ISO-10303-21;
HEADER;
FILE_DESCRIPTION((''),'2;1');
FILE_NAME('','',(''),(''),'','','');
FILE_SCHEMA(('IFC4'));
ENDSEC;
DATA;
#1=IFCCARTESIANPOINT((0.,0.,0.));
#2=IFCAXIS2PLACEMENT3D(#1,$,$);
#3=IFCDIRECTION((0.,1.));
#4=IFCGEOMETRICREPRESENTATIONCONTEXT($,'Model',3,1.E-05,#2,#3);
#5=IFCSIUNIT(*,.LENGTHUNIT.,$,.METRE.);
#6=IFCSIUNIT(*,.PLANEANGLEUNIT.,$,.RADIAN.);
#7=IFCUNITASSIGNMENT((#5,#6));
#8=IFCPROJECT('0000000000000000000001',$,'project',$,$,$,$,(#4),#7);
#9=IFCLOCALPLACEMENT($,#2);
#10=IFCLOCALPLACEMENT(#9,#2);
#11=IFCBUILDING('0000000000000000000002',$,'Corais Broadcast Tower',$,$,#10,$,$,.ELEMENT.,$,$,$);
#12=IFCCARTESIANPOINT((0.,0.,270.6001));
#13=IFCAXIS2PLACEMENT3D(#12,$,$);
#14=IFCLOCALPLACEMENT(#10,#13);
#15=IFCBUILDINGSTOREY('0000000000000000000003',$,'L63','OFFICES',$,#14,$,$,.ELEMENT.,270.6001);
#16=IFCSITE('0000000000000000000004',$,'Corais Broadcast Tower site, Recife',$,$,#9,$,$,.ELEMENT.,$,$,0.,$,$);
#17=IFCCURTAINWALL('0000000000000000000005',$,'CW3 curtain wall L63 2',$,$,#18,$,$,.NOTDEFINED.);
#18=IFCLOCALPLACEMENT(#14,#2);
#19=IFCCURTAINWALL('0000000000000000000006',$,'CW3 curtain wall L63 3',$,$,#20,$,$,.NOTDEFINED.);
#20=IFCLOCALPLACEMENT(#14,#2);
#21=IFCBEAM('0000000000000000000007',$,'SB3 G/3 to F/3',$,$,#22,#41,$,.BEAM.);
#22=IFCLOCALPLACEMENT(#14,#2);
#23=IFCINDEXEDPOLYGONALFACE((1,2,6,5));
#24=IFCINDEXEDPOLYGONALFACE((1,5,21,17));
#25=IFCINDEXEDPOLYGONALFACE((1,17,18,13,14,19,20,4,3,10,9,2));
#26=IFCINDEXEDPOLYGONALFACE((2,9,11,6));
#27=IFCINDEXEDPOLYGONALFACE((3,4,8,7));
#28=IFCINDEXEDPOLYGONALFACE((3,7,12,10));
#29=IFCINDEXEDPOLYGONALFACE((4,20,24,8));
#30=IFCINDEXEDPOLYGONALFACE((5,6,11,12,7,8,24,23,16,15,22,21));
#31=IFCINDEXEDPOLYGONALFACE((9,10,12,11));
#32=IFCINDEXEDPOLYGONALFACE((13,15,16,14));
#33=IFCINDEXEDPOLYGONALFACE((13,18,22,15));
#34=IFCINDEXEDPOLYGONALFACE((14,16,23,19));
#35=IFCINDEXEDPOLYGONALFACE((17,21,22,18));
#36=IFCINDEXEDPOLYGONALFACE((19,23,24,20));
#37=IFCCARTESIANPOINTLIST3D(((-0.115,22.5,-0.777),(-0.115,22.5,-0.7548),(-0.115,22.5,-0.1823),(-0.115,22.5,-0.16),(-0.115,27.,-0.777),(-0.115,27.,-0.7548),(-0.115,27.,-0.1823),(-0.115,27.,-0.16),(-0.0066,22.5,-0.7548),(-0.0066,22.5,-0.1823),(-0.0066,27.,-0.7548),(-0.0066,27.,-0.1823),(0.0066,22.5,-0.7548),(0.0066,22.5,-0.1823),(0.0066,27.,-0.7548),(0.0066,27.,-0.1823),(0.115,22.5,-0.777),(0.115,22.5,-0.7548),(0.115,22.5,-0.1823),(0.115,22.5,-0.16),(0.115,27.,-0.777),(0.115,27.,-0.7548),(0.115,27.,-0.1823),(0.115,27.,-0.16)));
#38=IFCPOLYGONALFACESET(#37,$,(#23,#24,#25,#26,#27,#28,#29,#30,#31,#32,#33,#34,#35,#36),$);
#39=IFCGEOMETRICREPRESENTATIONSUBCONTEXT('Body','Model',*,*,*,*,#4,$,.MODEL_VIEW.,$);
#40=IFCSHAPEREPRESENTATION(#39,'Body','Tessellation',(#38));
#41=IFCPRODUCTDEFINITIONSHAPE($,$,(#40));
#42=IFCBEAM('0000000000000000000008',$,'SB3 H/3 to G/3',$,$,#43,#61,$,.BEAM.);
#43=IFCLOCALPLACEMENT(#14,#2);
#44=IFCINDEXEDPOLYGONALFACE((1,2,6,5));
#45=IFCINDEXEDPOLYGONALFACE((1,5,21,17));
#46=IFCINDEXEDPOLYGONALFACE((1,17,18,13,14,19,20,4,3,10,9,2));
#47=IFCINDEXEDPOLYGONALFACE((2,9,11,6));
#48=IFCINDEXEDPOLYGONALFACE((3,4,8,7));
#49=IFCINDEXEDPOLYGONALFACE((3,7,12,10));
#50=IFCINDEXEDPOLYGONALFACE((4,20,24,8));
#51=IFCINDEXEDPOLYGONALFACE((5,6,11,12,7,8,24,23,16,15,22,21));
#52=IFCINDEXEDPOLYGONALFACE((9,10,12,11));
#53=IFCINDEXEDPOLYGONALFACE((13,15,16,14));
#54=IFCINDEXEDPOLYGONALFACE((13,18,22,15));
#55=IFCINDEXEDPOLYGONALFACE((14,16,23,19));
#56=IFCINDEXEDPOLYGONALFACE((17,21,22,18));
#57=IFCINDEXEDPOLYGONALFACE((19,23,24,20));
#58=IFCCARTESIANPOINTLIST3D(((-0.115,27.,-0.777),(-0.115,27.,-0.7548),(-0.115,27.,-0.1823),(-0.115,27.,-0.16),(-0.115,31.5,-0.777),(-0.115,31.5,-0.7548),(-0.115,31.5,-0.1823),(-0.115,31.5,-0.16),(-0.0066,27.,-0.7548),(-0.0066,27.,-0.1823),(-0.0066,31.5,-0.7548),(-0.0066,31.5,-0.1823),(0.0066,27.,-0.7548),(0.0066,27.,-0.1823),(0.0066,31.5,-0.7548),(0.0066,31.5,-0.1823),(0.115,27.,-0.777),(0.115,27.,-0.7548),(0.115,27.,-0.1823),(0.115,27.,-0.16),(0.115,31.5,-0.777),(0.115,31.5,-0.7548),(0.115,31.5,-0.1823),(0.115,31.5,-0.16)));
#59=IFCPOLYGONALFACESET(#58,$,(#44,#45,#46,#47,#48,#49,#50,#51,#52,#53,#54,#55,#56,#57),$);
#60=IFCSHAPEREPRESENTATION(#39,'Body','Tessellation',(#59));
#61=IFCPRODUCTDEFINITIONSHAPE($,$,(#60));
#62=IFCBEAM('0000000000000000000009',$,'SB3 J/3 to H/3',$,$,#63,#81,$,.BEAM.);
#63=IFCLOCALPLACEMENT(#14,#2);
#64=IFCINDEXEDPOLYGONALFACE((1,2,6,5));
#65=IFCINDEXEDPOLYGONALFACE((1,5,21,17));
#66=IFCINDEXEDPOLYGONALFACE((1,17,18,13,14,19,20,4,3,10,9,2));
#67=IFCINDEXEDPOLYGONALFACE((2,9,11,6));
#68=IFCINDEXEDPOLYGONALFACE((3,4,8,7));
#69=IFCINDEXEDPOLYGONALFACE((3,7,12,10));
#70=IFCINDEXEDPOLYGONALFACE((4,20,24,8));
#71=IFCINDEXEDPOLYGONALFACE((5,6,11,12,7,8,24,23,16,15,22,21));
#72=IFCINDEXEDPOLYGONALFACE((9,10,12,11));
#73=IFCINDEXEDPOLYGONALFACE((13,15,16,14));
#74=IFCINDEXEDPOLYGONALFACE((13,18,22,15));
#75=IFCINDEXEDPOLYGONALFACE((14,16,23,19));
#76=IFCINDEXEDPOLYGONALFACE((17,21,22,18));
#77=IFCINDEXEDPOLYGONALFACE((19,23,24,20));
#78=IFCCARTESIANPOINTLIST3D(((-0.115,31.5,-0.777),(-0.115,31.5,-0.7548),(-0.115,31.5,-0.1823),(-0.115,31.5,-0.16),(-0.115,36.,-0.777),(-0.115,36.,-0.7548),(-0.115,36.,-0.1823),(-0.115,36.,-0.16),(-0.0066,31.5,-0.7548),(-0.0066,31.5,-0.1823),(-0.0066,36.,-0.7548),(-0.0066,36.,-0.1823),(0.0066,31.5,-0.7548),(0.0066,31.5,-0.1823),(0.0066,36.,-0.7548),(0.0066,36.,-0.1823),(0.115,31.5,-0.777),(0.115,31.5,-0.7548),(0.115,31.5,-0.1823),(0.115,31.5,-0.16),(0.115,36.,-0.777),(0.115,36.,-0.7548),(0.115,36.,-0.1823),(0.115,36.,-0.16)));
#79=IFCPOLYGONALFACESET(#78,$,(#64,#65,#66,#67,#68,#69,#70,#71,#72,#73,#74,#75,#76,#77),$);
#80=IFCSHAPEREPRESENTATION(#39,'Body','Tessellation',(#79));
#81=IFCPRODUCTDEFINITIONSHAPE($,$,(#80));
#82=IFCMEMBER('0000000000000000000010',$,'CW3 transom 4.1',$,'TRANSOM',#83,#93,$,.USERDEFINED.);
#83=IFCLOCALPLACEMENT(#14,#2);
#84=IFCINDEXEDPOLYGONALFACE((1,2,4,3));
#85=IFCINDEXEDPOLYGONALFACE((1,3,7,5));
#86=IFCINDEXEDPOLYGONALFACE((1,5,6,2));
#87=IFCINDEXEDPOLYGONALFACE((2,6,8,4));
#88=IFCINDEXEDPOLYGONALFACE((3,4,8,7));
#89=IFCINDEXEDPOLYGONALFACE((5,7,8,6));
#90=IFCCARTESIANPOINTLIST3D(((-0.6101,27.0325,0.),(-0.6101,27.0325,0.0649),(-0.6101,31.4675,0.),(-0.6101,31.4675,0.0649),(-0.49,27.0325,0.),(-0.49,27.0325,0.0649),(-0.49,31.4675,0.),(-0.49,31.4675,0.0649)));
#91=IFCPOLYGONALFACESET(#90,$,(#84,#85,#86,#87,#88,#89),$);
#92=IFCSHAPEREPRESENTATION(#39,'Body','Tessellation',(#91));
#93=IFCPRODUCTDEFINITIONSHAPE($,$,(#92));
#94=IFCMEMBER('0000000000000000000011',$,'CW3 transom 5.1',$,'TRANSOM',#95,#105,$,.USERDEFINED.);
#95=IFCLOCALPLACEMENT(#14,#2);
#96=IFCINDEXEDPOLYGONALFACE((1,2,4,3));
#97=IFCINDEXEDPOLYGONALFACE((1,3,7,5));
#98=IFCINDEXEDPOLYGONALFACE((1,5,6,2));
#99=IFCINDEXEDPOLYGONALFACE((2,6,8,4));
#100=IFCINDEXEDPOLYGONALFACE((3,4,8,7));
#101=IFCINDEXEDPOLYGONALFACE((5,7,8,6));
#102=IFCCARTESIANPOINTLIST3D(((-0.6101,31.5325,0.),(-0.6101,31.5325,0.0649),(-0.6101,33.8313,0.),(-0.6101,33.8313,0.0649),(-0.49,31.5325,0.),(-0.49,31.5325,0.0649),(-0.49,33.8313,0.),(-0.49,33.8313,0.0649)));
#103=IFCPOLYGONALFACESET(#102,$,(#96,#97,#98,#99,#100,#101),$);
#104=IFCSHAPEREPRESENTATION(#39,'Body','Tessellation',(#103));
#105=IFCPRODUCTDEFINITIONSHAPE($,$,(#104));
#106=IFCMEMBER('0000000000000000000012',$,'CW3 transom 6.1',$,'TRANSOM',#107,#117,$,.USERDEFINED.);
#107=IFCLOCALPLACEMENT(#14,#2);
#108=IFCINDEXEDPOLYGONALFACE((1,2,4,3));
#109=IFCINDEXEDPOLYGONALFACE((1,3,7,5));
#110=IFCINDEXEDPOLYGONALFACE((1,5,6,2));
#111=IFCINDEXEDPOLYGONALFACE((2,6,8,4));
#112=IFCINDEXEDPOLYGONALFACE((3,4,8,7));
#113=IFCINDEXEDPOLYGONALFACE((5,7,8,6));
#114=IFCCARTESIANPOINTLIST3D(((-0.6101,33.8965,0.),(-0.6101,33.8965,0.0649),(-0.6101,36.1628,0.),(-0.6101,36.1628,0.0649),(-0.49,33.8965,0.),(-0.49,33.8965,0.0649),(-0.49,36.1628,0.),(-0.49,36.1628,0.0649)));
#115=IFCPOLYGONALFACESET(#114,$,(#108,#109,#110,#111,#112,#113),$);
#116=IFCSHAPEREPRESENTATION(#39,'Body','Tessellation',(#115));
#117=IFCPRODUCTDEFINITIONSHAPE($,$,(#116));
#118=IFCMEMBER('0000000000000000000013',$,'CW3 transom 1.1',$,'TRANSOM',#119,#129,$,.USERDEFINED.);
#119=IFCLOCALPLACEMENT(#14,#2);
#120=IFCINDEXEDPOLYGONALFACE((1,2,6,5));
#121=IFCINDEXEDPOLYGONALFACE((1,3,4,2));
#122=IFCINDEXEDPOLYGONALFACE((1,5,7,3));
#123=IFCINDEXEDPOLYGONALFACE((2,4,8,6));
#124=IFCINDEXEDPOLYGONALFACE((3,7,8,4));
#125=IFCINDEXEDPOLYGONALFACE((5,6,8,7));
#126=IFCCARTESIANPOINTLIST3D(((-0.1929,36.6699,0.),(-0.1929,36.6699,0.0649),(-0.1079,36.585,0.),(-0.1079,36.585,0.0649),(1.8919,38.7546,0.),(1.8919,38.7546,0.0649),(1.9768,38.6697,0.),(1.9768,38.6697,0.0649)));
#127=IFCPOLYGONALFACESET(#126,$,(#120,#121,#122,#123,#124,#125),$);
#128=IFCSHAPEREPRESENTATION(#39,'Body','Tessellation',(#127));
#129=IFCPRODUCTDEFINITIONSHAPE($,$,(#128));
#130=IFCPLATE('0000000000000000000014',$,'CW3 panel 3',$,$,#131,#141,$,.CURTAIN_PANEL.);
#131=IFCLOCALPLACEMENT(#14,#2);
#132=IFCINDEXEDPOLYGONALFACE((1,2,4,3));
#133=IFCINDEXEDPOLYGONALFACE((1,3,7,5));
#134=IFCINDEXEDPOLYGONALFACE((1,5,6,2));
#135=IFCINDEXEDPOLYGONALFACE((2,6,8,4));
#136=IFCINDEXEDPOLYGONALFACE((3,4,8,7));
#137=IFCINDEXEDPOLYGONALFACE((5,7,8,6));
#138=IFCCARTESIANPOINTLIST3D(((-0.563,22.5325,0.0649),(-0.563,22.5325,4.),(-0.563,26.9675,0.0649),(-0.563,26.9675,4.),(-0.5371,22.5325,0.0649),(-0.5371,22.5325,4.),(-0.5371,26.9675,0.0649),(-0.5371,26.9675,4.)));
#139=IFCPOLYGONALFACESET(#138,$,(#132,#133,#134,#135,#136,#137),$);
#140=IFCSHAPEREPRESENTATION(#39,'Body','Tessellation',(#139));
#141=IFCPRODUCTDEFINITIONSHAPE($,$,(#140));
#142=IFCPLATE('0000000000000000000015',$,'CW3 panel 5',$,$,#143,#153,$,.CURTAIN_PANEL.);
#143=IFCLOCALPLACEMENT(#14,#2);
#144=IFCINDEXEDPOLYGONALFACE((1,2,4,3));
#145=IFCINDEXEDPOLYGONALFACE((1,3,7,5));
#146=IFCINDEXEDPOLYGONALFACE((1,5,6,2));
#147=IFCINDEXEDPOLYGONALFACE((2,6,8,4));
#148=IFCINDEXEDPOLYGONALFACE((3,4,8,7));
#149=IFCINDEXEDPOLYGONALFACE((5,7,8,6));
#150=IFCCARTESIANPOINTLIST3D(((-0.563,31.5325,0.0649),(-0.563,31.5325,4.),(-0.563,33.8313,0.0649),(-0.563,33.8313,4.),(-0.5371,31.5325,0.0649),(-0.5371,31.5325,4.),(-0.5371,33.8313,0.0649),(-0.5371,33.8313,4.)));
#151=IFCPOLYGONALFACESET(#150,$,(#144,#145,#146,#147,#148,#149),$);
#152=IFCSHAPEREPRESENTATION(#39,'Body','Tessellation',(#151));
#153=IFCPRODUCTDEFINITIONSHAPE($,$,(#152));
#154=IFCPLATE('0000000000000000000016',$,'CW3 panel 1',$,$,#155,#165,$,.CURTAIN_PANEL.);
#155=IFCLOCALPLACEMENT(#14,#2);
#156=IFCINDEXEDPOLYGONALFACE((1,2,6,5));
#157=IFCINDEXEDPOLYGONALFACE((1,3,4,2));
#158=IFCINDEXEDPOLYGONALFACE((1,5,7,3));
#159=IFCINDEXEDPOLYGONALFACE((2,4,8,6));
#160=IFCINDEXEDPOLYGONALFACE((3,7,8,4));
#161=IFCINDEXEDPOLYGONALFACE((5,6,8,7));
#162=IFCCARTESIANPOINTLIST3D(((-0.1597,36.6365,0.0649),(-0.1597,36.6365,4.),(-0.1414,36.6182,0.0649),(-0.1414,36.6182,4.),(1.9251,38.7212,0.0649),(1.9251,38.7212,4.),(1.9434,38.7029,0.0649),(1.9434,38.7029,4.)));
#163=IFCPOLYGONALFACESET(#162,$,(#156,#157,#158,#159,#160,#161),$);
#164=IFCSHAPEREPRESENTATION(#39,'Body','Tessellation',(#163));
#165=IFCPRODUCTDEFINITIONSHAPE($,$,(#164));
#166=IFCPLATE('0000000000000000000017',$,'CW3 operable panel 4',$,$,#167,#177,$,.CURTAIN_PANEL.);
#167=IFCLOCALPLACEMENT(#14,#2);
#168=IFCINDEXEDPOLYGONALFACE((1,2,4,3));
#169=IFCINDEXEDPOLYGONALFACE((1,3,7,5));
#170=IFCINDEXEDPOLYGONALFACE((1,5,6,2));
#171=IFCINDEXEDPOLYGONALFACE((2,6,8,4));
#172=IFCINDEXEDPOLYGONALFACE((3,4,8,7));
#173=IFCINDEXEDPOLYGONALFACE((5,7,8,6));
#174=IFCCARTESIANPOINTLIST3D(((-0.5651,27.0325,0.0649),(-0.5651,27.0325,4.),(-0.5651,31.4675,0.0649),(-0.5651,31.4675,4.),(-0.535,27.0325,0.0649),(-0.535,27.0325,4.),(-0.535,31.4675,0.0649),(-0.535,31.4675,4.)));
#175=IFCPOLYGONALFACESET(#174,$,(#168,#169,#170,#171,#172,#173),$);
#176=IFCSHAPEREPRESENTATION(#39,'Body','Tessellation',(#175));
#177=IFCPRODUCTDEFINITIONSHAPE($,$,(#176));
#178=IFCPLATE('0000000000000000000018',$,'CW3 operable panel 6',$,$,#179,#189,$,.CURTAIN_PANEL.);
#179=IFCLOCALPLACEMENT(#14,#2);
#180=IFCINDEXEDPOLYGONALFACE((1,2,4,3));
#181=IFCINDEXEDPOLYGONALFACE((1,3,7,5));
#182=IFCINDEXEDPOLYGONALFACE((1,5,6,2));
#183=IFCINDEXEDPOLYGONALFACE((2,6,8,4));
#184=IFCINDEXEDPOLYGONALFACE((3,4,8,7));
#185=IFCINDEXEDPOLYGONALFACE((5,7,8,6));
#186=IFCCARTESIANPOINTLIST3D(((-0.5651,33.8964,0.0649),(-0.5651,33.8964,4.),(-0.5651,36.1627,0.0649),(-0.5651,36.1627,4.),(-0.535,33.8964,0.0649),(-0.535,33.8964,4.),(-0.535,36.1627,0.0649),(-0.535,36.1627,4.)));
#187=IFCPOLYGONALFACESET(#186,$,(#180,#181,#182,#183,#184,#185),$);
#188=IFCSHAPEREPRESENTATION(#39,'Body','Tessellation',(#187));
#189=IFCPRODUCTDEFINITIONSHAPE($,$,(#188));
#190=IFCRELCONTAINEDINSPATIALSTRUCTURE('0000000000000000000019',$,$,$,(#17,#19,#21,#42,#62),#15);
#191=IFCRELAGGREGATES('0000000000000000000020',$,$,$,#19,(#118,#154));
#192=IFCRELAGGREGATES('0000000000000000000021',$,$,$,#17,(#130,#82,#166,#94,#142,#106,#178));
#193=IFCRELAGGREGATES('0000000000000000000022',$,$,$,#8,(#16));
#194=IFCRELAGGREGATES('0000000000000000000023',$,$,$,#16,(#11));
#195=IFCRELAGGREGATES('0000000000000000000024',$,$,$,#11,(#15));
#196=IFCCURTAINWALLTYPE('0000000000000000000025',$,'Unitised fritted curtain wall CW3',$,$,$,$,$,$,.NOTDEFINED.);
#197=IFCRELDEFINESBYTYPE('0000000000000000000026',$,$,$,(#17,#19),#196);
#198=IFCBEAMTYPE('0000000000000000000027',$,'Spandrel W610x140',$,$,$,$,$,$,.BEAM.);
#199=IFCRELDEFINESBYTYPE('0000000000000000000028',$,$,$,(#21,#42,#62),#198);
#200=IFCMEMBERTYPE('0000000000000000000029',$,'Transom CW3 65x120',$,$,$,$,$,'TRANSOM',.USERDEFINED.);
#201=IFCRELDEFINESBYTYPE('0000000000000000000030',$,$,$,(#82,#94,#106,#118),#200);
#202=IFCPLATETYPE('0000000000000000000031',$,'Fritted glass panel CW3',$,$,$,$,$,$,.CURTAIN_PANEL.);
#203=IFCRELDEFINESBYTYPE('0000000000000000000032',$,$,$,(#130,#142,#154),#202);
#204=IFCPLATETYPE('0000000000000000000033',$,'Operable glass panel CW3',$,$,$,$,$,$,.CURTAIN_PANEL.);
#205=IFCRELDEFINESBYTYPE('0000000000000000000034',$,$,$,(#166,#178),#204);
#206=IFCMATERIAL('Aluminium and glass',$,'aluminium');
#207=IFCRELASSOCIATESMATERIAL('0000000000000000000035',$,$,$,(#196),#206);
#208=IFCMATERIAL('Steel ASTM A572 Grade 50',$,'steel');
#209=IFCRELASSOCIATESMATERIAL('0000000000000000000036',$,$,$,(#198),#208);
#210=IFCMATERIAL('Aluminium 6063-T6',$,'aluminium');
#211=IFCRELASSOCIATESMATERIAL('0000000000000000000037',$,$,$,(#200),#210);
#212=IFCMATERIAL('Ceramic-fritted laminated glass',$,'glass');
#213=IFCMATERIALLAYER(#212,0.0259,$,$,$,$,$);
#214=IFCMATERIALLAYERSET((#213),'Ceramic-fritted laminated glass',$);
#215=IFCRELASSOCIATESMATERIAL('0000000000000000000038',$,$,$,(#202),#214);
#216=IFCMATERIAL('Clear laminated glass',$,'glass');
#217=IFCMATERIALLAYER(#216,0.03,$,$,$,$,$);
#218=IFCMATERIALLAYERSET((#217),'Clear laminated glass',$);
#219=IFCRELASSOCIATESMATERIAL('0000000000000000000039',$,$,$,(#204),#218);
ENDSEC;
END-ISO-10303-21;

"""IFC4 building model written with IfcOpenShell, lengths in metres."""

from ifc_helpers import new_model, si_unit, direction, frame, origin, origin_2d, place, context, subcontext, project, spatial, rectangle, i_section, extrude, material, layer, layer_set, material_profile, profile_set, type_object, element, aggregate, save


model = new_model("IFC4")

# Units and contexts
model_context = context("Model", 3, precision=1e-05, world=origin(), true_north=direction((0.0, 1.0)))
body_context = subcontext(model_context, "Body", "Model", "MODEL_VIEW")
ifc_project = project(units=[si_unit("LENGTHUNIT", "METRE"), si_unit("PLANEANGLEUNIT", "RADIAN")], contexts=[model_context])

# Site, building, storey
site_placement = place(None, origin())
site = spatial("IfcSite", under=ifc_project, at=site_placement, Name="Corais Broadcast Tower site, Recife", CompositionType="ELEMENT", RefElevation=0.0)
building_placement = place(site_placement, origin())
building = spatial("IfcBuilding", under=site, at=building_placement, Name="Corais Broadcast Tower", CompositionType="ELEMENT")
storey_placement = place(building_placement, frame((0.0, 0.0, 270.6001)))
storey = spatial("IfcBuildingStorey", under=building, at=storey_placement, Name="L63", Description="OFFICES", CompositionType="ELEMENT", Elevation=270.6001)

# Curtain wall
ifc_material_1 = material(Name="Aluminium and glass", Category="aluminium")
curtain_wall_type = type_object("IfcCurtainWallType", Name="Unitised fritted curtain wall CW3", PredefinedType="NOTDEFINED", material=ifc_material_1)
curtain_wall_1_placement = place(storey_placement, origin())
curtain_wall_1 = element("IfcCurtainWall", 1, at=curtain_wall_1_placement, inside=storey, type_object=curtain_wall_type, Name="CW3 curtain wall L63 2", PredefinedType="NOTDEFINED")

# Curtain wall
curtain_wall_2_placement = place(storey_placement, origin())
curtain_wall_2 = element("IfcCurtainWall", 2, at=curtain_wall_2_placement, inside=storey, type_object=curtain_wall_type, Name="CW3 curtain wall L63 3", PredefinedType="NOTDEFINED")

# Beams
ifc_material_2 = material(Name="Steel ASTM A572 Grade 50", Category="steel")
ifc_material_profile_1 = material_profile(ifc_material_2, i_section(OverallWidth=0.23, OverallDepth=0.6169, WebThickness=0.0132, FlangeThickness=0.0222, at=origin_2d()), Name="W610x140")
ifc_profile_set_1 = profile_set([ifc_material_profile_1], Name="Steel ASTM A572 Grade 50")
beam_type_1 = type_object("IfcBeamType", Name="Spandrel W610x140", PredefinedType="BEAM", material=ifc_profile_set_1)
for number, where, z_axis, x_axis, name in (
    (3, (0.0, 27.0, -0.4685), (0.0, -1.0, 0.0), (1.0, 0.0, 0.0), "SB3 G/3 to F/3"),
    (4, (0.0, 31.5, -0.4685), (0.0, -1.0, 0.0), (1.0, 0.0, 0.0), "SB3 H/3 to G/3"),
    (5, (0.0, 36.0, -0.4685), (0.0, -1.0, 0.0), (1.0, 0.0, 0.0), "SB3 J/3 to H/3"),
):
    element("IfcBeam", number, at=place(storey_placement, frame(where, z_axis=z_axis, x_axis=x_axis)), inside=storey, type_object=beam_type_1, Name=name, PredefinedType="BEAM", context=body_context, shape_type="SweptSolid", body=[
        extrude(i_section(OverallWidth=0.23, OverallDepth=0.6169, WebThickness=0.0132, FlangeThickness=0.0222, at=origin_2d()), origin(), (0.0, 0.0, 1.0), 4.5),
    ])

# Members
ifc_material_3 = material(Name="Aluminium 6063-T6", Category="aluminium")
ifc_material_profile_2 = material_profile(ifc_material_3, rectangle(XDim=0.1201, YDim=0.0649, at=origin_2d()), Name="Transom CW3 65x120")
ifc_profile_set_2 = profile_set([ifc_material_profile_2], Name="Aluminium 6063-T6")
member_type_1 = type_object("IfcMemberType", Name="Transom CW3 65x120", ElementType="TRANSOM", PredefinedType="USERDEFINED", material=ifc_profile_set_2)
member_1_placement = place(storey_placement, frame((-0.55, 27.0325, 0.0325), z_axis=(0.0, 1.0, 0.0), x_axis=(-1.0, 0.0, 0.0)))
member_1 = element("IfcMember", 6, at=member_1_placement, type_object=member_type_1, Name="CW3 transom 4.1", ObjectType="TRANSOM", PredefinedType="USERDEFINED", context=body_context, shape_type="SweptSolid", body=[
    extrude(rectangle(XDim=0.1201, YDim=0.0649, at=origin_2d()), origin(), (0.0, 0.0, 1.0), 4.4351),
])
member_2_placement = place(storey_placement, frame((-0.55, 31.5325, 0.0325), z_axis=(0.0, 1.0, 0.0), x_axis=(-1.0, 0.0, 0.0)))
member_2 = element("IfcMember", 7, at=member_2_placement, type_object=member_type_1, Name="CW3 transom 5.1", ObjectType="TRANSOM", PredefinedType="USERDEFINED", context=body_context, shape_type="SweptSolid", body=[
    extrude(rectangle(XDim=0.1201, YDim=0.0649, at=origin_2d()), origin(), (0.0, 0.0, 1.0), 2.2988),
])
member_3_placement = place(storey_placement, frame((-0.55, 33.8965, 0.0325), z_axis=(0.0, 1.0, 0.0), x_axis=(-1.0, 0.0, 0.0)))
member_3 = element("IfcMember", 8, at=member_3_placement, type_object=member_type_1, Name="CW3 transom 6.1", ObjectType="TRANSOM", PredefinedType="USERDEFINED", context=body_context, shape_type="SweptSolid", body=[
    extrude(rectangle(XDim=0.1201, YDim=0.0649, at=origin_2d()), origin(), (0.0, 0.0, 1.0), 2.2664),
])
member_4_placement = place(storey_placement, frame((-0.1504, 36.6274, 0.0325), z_axis=(0.707107, 0.707107, 0.0), x_axis=(-0.707107, 0.707107, 0.0)))
member_4 = element("IfcMember", 9, at=member_4_placement, type_object=member_type_1, Name="CW3 transom 1.1", ObjectType="TRANSOM", PredefinedType="USERDEFINED", context=body_context, shape_type="SweptSolid", body=[
    extrude(rectangle(XDim=0.1201, YDim=0.0649, at=origin_2d()), origin(), (0.0, 0.0, 1.0), 2.9482),
])

# Plates
ifc_material_4 = material(Name="Ceramic-fritted laminated glass", Category="glass")
ifc_layer_1 = layer(ifc_material_4, 0.0259)
ifc_layer_set_1 = layer_set([ifc_layer_1], Name="Ceramic-fritted laminated glass")
plate_type_1 = type_object("IfcPlateType", Name="Fritted glass panel CW3", PredefinedType="CURTAIN_PANEL", material=ifc_layer_set_1)
plate_1_placement = place(storey_placement, frame((-0.55, 24.75, 0.0649), z_axis=(0.0, 0.0, 1.0), x_axis=(0.0, 1.0, 0.0)))
plate_1 = element("IfcPlate", 10, at=plate_1_placement, type_object=plate_type_1, Name="CW3 panel 3", PredefinedType="CURTAIN_PANEL", context=body_context, shape_type="SweptSolid", body=[
    extrude(rectangle(XDim=4.4351, YDim=0.0259, at=origin_2d()), origin(), (0.0, 0.0, 1.0), 3.9351),
])
plate_2_placement = place(storey_placement, frame((-0.55, 32.6819, 0.0649), z_axis=(0.0, 0.0, 1.0), x_axis=(0.0, 1.0, 0.0)))
plate_2 = element("IfcPlate", 11, at=plate_2_placement, type_object=plate_type_1, Name="CW3 panel 5", PredefinedType="CURTAIN_PANEL", context=body_context, shape_type="SweptSolid", body=[
    extrude(rectangle(XDim=2.2988, YDim=0.0259, at=origin_2d()), origin(), (0.0, 0.0, 1.0), 3.9351),
])
plate_3_placement = place(storey_placement, frame((0.8918, 37.6697, 0.0649), z_axis=(0.0, 0.0, 1.0), x_axis=(0.707107, 0.707107, 0.0)))
plate_3 = element("IfcPlate", 12, at=plate_3_placement, type_object=plate_type_1, Name="CW3 panel 1", PredefinedType="CURTAIN_PANEL", context=body_context, shape_type="SweptSolid", body=[
    extrude(rectangle(XDim=2.9482, YDim=0.0259, at=origin_2d()), origin(), (0.0, 0.0, 1.0), 3.9351),
])
aggregate(curtain_wall_2, [member_4, plate_3])
ifc_material_5 = material(Name="Clear laminated glass", Category="glass")
ifc_layer_2 = layer(ifc_material_5, 0.03)
ifc_layer_set_2 = layer_set([ifc_layer_2], Name="Clear laminated glass")
plate_type_2 = type_object("IfcPlateType", Name="Operable glass panel CW3", PredefinedType="CURTAIN_PANEL", material=ifc_layer_set_2)
plate_4_placement = place(storey_placement, frame((-0.55, 29.25, 0.0649), z_axis=(0.0, 0.0, 1.0), x_axis=(0.0, 1.0, 0.0)))
plate_4 = element("IfcPlate", 13, at=plate_4_placement, type_object=plate_type_2, Name="CW3 operable panel 4", PredefinedType="CURTAIN_PANEL", context=body_context, shape_type="SweptSolid", body=[
    extrude(rectangle(XDim=4.4351, YDim=0.03, at=origin_2d()), origin(), (0.0, 0.0, 1.0), 3.9351),
])
plate_5_placement = place(storey_placement, frame((-0.55, 35.0295, 0.0649), z_axis=(0.0, 0.0, 1.0), x_axis=(0.0, 1.0, 0.0)))
plate_5 = element("IfcPlate", 14, at=plate_5_placement, type_object=plate_type_2, Name="CW3 operable panel 6", PredefinedType="CURTAIN_PANEL", context=body_context, shape_type="SweptSolid", body=[
    extrude(rectangle(XDim=2.2664, YDim=0.03, at=origin_2d()), origin(), (0.0, 0.0, 1.0), 3.9351),
])
aggregate(curtain_wall_1, [plate_1, member_1, plate_4, member_2, plate_2, member_3, plate_5])

save(model, "model.ifc")
